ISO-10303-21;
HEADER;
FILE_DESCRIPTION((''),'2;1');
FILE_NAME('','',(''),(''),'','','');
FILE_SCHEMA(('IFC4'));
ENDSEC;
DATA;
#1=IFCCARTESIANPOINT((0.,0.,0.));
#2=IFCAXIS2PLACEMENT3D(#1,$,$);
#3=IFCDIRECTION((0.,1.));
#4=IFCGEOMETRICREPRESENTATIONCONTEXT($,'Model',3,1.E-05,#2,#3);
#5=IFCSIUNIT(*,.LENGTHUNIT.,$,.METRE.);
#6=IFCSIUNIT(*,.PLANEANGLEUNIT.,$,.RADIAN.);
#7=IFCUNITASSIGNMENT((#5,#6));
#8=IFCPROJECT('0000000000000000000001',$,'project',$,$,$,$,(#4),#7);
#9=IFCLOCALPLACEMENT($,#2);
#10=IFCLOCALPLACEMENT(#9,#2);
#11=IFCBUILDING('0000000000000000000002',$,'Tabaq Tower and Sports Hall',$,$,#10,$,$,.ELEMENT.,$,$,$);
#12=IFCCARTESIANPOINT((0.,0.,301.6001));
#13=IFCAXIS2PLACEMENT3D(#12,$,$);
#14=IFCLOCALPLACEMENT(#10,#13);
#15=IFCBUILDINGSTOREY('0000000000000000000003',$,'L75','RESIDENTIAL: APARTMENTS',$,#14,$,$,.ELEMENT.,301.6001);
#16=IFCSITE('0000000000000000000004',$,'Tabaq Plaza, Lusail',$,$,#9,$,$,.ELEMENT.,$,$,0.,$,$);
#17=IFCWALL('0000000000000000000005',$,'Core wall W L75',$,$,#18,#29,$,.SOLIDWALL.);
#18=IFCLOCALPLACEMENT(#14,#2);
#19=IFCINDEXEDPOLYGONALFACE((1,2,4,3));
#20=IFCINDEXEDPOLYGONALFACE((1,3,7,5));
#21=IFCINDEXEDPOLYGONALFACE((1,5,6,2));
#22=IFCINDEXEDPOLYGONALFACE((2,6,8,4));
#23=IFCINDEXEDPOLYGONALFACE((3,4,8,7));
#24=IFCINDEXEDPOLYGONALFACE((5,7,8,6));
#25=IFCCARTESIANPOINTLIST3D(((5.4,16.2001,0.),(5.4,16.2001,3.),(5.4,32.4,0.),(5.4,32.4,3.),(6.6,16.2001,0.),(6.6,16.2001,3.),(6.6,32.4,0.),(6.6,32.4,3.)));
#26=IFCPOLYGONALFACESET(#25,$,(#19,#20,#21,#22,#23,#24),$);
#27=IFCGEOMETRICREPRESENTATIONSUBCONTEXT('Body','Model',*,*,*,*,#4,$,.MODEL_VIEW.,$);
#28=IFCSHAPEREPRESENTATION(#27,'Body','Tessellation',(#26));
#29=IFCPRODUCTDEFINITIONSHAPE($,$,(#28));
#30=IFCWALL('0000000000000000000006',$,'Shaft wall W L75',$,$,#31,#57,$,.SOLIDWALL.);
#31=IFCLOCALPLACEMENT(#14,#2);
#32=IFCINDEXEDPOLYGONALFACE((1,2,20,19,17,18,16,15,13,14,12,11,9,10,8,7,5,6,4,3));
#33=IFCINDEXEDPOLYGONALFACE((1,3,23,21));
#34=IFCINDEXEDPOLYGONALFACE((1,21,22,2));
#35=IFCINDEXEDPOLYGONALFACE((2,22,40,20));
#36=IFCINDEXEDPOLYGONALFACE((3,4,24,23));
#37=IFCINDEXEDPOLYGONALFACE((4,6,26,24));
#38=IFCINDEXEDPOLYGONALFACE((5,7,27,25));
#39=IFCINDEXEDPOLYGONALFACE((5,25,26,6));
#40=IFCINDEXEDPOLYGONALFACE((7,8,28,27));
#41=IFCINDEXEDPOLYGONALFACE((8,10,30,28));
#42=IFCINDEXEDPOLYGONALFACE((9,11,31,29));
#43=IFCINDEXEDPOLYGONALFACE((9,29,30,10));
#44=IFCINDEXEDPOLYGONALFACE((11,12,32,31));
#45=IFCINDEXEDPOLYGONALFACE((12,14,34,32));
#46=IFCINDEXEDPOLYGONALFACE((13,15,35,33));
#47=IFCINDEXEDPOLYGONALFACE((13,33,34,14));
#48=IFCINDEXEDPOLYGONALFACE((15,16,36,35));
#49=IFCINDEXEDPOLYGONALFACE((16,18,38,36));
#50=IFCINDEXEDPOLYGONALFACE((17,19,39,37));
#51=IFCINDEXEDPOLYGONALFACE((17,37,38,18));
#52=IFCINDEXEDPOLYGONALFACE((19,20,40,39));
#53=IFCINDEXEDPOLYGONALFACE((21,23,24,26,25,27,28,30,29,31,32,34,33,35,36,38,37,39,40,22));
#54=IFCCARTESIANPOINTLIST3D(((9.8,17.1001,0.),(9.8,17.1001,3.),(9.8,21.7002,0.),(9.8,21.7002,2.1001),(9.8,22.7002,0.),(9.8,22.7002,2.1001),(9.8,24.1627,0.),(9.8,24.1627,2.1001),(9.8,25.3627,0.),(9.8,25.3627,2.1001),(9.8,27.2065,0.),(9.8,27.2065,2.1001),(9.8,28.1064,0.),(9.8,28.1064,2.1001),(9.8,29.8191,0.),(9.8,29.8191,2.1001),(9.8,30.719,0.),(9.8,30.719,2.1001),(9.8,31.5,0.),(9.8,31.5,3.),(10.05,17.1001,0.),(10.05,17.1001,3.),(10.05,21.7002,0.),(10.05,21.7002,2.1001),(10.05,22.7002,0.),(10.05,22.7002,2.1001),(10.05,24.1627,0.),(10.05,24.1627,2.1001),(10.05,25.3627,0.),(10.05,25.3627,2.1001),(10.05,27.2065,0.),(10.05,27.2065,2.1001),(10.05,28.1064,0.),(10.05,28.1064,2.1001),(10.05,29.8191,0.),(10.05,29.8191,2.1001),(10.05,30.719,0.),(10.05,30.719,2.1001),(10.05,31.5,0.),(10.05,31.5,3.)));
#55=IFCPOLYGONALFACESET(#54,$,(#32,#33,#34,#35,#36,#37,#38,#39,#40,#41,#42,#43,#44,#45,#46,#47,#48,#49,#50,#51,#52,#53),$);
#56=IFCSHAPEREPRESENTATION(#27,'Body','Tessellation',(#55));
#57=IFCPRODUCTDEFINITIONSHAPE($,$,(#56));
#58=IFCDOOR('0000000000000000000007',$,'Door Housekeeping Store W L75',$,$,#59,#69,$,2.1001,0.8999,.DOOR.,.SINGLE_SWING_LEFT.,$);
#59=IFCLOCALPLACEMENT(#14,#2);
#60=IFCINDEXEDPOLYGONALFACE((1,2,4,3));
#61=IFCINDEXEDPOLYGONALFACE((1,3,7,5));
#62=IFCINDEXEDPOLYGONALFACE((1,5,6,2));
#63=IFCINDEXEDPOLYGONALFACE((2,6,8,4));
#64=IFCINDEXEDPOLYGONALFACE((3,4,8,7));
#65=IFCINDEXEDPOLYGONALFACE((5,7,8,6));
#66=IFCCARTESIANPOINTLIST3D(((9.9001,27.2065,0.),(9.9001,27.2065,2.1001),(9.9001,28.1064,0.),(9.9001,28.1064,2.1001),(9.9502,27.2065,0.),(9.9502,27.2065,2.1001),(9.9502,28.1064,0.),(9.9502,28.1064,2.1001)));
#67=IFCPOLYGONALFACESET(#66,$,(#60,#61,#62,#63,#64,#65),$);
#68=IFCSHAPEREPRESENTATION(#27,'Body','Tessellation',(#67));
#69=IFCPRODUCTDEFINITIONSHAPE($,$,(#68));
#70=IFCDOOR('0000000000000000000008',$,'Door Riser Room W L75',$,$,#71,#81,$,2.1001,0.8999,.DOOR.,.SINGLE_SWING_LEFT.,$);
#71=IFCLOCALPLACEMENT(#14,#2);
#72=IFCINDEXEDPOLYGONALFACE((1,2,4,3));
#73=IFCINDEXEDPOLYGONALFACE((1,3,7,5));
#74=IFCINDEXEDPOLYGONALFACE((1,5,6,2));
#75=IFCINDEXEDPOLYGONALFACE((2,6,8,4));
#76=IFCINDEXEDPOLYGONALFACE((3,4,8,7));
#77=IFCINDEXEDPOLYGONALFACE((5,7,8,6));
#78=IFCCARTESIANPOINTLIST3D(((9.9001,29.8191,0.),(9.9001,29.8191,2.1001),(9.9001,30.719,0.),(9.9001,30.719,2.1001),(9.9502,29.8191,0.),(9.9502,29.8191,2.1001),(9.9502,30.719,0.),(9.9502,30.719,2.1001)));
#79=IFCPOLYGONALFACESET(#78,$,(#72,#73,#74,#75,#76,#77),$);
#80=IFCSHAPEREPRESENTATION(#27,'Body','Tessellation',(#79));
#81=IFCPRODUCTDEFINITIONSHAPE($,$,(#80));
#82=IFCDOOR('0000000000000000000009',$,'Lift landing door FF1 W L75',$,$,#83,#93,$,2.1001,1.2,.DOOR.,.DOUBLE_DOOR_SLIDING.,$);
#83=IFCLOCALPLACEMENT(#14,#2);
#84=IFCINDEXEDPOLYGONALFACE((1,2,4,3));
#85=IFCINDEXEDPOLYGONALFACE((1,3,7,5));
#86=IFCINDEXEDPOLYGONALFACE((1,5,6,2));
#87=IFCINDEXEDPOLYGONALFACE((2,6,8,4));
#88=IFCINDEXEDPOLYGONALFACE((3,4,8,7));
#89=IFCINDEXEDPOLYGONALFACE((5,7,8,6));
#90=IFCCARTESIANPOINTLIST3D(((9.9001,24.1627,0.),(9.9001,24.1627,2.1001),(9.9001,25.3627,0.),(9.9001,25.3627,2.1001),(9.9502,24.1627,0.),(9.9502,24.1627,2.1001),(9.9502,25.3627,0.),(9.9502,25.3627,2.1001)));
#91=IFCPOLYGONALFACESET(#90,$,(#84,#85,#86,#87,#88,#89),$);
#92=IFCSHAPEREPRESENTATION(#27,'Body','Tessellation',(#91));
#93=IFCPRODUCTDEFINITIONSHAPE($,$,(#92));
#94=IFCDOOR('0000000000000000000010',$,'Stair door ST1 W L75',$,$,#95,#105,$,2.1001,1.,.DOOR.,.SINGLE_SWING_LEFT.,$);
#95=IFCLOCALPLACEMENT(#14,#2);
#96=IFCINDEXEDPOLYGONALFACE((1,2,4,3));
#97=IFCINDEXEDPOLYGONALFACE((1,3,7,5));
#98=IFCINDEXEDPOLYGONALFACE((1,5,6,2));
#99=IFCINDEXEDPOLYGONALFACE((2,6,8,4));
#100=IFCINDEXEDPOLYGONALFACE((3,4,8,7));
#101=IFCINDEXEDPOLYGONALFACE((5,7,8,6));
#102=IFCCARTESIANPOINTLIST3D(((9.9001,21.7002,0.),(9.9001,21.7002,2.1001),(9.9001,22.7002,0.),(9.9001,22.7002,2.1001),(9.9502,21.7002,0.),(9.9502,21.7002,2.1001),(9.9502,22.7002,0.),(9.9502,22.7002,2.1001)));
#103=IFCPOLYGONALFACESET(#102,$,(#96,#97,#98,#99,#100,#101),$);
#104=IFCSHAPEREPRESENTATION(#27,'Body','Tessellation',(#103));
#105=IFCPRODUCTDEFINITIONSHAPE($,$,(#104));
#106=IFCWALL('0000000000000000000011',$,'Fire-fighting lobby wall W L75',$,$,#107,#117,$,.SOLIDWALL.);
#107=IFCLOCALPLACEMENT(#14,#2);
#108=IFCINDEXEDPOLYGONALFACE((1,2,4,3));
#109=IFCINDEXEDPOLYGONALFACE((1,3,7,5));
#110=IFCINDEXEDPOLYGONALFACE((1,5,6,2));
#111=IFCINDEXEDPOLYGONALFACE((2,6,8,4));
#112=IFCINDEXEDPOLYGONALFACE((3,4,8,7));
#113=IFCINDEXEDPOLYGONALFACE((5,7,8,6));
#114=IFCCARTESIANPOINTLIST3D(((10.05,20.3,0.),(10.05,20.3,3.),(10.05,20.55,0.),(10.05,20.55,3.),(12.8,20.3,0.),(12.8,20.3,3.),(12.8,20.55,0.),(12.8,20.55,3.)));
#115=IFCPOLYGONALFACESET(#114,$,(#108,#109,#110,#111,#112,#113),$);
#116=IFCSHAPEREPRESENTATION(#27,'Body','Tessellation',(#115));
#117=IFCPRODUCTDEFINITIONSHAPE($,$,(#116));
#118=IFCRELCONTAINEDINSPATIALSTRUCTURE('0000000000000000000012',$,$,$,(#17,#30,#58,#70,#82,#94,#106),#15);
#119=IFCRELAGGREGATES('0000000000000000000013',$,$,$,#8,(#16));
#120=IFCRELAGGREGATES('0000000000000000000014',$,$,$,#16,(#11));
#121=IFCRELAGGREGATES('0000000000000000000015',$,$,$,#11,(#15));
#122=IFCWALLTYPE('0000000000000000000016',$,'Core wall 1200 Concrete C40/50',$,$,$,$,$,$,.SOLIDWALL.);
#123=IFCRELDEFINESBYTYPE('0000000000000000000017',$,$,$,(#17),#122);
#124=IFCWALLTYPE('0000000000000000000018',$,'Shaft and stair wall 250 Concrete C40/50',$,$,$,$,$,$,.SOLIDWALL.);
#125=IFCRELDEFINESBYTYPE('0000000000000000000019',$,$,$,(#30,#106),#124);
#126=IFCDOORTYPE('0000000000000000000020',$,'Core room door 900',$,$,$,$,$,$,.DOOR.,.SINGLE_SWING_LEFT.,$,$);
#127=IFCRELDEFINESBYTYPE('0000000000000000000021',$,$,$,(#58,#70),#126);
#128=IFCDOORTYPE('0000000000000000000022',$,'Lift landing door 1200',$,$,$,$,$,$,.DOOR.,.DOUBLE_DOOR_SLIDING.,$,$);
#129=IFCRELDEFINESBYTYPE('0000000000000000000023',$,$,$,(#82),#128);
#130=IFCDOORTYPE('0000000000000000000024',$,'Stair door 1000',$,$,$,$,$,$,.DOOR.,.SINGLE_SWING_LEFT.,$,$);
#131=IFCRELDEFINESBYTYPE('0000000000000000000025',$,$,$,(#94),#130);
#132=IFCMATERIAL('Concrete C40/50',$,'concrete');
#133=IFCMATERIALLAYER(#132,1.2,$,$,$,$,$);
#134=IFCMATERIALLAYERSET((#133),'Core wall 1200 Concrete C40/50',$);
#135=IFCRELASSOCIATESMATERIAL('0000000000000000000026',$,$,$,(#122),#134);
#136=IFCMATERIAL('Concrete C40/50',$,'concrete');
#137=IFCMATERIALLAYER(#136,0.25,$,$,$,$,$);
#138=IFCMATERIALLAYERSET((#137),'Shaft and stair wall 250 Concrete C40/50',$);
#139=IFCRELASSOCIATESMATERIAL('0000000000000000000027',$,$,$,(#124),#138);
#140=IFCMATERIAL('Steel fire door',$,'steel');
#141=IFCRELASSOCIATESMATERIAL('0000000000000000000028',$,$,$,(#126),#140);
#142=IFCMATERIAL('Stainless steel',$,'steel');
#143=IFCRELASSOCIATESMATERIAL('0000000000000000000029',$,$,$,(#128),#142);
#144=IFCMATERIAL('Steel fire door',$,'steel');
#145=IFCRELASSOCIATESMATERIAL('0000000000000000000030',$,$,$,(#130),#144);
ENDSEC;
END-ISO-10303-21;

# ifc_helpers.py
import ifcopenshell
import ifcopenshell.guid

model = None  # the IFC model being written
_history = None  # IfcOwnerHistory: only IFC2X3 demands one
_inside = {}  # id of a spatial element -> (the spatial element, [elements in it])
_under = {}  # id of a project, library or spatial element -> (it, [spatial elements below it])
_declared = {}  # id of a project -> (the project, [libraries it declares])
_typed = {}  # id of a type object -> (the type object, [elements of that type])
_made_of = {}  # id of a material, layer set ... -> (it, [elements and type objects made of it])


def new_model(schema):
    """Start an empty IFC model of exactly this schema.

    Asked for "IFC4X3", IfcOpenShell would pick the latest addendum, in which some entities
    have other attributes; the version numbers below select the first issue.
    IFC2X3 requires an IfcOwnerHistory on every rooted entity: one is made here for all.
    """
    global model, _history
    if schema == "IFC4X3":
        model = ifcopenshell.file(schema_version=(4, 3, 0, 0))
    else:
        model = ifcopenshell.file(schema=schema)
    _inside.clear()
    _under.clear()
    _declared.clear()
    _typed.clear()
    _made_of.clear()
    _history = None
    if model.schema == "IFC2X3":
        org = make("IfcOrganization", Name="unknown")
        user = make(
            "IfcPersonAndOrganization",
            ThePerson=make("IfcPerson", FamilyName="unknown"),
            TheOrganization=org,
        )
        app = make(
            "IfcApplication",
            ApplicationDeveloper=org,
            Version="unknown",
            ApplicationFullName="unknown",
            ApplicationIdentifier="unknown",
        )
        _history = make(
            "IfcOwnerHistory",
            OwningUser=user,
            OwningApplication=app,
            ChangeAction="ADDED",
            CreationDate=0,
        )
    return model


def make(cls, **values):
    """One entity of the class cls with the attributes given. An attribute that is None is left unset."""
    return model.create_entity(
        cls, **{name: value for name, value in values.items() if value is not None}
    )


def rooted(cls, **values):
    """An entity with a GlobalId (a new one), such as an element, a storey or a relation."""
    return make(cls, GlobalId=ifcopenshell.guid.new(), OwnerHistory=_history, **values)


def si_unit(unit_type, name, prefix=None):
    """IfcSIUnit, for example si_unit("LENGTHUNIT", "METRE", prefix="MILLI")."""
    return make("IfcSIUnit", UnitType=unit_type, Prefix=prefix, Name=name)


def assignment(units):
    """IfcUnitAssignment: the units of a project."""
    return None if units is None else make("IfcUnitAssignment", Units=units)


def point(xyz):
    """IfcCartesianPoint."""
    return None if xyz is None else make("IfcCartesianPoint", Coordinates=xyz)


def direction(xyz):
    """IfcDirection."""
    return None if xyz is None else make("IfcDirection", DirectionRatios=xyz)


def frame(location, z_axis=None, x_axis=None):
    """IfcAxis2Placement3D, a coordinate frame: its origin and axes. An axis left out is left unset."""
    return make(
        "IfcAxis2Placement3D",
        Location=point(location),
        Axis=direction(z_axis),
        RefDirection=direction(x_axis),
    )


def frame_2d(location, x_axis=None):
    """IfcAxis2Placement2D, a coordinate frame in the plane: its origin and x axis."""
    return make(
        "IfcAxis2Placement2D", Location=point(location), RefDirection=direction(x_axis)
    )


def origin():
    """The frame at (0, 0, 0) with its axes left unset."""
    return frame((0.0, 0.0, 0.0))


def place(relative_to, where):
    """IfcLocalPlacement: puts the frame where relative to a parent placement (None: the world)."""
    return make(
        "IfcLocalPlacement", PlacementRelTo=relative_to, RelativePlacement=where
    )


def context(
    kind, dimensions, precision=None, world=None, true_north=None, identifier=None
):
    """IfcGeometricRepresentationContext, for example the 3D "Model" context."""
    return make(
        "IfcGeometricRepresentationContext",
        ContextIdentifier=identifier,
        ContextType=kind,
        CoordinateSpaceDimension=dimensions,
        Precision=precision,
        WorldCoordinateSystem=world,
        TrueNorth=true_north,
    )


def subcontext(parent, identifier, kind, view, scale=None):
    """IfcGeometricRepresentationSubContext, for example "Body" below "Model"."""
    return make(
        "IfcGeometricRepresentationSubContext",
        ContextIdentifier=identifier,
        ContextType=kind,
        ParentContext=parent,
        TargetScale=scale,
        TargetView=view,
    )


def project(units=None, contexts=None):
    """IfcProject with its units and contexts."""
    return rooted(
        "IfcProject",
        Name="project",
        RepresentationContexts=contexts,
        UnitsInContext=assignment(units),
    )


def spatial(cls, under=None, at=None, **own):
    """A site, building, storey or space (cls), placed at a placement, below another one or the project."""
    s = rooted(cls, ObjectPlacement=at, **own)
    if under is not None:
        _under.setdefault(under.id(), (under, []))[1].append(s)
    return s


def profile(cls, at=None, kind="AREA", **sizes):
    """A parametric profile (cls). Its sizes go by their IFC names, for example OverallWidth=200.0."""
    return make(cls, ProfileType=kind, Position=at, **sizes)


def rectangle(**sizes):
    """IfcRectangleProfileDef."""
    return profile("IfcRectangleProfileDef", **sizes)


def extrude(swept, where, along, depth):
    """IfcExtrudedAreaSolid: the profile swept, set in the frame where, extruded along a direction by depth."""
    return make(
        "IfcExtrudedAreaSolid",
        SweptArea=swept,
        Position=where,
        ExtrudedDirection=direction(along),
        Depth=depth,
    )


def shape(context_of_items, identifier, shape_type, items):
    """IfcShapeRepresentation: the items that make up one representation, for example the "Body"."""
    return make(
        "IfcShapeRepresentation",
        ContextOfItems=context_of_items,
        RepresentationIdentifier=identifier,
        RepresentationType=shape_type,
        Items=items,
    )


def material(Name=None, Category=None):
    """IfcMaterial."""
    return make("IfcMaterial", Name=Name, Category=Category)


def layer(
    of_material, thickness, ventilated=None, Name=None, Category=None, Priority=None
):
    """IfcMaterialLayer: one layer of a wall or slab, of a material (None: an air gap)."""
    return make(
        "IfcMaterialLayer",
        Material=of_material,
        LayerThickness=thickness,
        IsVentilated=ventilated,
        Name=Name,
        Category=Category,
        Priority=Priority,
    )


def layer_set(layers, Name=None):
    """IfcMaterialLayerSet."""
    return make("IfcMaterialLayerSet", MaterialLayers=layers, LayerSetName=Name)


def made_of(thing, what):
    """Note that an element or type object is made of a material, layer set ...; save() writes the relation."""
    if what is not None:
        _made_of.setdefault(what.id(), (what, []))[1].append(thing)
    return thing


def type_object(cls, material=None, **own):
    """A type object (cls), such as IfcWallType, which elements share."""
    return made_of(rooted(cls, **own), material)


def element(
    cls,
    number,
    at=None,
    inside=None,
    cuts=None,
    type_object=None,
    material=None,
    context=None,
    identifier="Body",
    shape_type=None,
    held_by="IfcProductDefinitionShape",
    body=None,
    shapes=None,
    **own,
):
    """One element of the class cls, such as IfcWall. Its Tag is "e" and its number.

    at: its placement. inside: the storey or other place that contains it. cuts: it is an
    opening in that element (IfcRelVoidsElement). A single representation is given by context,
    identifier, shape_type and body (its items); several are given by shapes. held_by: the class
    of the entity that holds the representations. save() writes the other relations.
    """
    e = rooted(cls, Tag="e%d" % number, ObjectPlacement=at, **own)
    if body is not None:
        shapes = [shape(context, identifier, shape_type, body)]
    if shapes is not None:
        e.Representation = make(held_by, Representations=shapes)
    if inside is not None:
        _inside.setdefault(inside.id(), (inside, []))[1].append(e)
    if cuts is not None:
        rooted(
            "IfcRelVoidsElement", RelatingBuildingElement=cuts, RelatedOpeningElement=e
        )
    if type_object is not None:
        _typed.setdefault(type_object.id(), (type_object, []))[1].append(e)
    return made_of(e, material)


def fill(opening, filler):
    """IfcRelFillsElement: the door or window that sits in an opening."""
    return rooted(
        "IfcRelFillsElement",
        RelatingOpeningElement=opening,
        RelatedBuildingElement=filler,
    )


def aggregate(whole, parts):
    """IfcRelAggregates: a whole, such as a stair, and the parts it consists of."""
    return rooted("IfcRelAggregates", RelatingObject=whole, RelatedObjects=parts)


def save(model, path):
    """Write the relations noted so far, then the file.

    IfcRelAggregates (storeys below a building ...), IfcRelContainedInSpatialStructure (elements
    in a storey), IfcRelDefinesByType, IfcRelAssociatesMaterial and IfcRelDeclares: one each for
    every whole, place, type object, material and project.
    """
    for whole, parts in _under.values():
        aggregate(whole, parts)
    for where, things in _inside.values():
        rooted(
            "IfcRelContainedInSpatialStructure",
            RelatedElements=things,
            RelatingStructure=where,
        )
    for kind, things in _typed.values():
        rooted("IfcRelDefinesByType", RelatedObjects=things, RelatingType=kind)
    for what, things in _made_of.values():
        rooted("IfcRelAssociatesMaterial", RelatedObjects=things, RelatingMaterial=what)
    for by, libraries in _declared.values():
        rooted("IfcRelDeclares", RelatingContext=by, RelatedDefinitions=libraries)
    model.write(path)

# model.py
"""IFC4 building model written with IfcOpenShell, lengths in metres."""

from ifc_helpers import new_model, si_unit, direction, frame, frame_2d, origin, place, context, subcontext, project, spatial, rectangle, extrude, material, layer, layer_set, type_object, element, fill, save


model = new_model("IFC4")

# Units and contexts
model_context = context("Model", 3, precision=1e-05, world=origin(), true_north=direction((0.0, 1.0)))
body_context = subcontext(model_context, "Body", "Model", "MODEL_VIEW")
ifc_project = project(units=[si_unit("LENGTHUNIT", "METRE"), si_unit("PLANEANGLEUNIT", "RADIAN")], contexts=[model_context])

# Site, building, storey
site_placement = place(None, origin())
site = spatial("IfcSite", under=ifc_project, at=site_placement, Name="Tabaq Plaza, Lusail", CompositionType="ELEMENT", RefElevation=0.0)
building_placement = place(site_placement, origin())
building = spatial("IfcBuilding", under=site, at=building_placement, Name="Tabaq Tower and Sports Hall", CompositionType="ELEMENT")
storey_placement = place(building_placement, frame((0.0, 0.0, 301.6001)))
storey = spatial("IfcBuildingStorey", under=building, at=storey_placement, Name="L75", Description="RESIDENTIAL: APARTMENTS", CompositionType="ELEMENT", Elevation=301.6001)

# Wall
ifc_material_1 = material(Name="Concrete C40/50", Category="concrete")
ifc_layer_1 = layer(ifc_material_1, 1.2)
ifc_layer_set_1 = layer_set([ifc_layer_1], Name="Core wall 1200 Concrete C40/50")
wall_type_1 = type_object("IfcWallType", Name="Core wall 1200 Concrete C40/50", PredefinedType="SOLIDWALL", material=ifc_layer_set_1)
wall_1_placement = place(storey_placement, frame((6.0, 16.2, 0.0), z_axis=(0.0, 0.0, 1.0), x_axis=(0.0, 1.0, 0.0)))
element("IfcWall", 1, at=wall_1_placement, inside=storey, type_object=wall_type_1, Name="Core wall W L75", PredefinedType="SOLIDWALL", context=body_context, shape_type="SweptSolid", body=[
    extrude(rectangle(XDim=16.2, YDim=1.2, at=frame_2d((8.1001, 0.0))), origin(), (0.0, 0.0, 1.0), 3.0),
])

# Wall, openings, doors
ifc_material_2 = material(Name="Concrete C40/50", Category="concrete")
ifc_layer_2 = layer(ifc_material_2, 0.25)
ifc_layer_set_2 = layer_set([ifc_layer_2], Name="Shaft and stair wall 250 Concrete C40/50")
wall_type_2 = type_object("IfcWallType", Name="Shaft and stair wall 250 Concrete C40/50", PredefinedType="SOLIDWALL", material=ifc_layer_set_2)
wall_2_placement = place(storey_placement, frame((9.925, 17.1001, 0.0), z_axis=(0.0, 0.0, 1.0), x_axis=(0.0, 1.0, 0.0)))
wall_2 = element("IfcWall", 2, at=wall_2_placement, inside=storey, type_object=wall_type_2, Name="Shaft wall W L75", PredefinedType="SOLIDWALL", context=body_context, shape_type="SweptSolid", body=[
    extrude(rectangle(XDim=14.3999, YDim=0.25, at=frame_2d((7.2, 0.0))), origin(), (0.0, 0.0, 1.0), 3.0),
])
opening_1_placement = place(wall_2_placement, frame((4.6001, 0.0, 0.0)))
opening_1 = element("IfcOpeningElement", 3, at=opening_1_placement, cuts=wall_2, PredefinedType="OPENING", context=body_context, shape_type="SweptSolid", body=[
    extrude(rectangle(XDim=1.0, YDim=2.1001, at=frame_2d((0.5, 1.05))), frame((0.0, 0.125, 0.0), z_axis=(0.0, -1.0, 0.0), x_axis=(1.0, 0.0, 0.0)), (0.0, 0.0, 1.0), 0.25),
])
opening_2_placement = place(wall_2_placement, frame((7.0625, 0.0, 0.0)))
opening_2 = element("IfcOpeningElement", 4, at=opening_2_placement, cuts=wall_2, PredefinedType="OPENING", context=body_context, shape_type="SweptSolid", body=[
    extrude(rectangle(XDim=1.2, YDim=2.1001, at=frame_2d((0.6001, 1.05))), frame((0.0, 0.125, 0.0), z_axis=(0.0, -1.0, 0.0), x_axis=(1.0, 0.0, 0.0)), (0.0, 0.0, 1.0), 0.25),
])
opening_3_placement = place(wall_2_placement, frame((10.1064, 0.0, 0.0)))
opening_3 = element("IfcOpeningElement", 5, at=opening_3_placement, cuts=wall_2, PredefinedType="OPENING", context=body_context, shape_type="SweptSolid", body=[
    extrude(rectangle(XDim=0.8999, YDim=2.1001, at=frame_2d((0.45, 1.05))), frame((0.0, 0.125, 0.0), z_axis=(0.0, -1.0, 0.0), x_axis=(1.0, 0.0, 0.0)), (0.0, 0.0, 1.0), 0.25),
])
opening_4_placement = place(wall_2_placement, frame((12.719, 0.0, 0.0)))
opening_4 = element("IfcOpeningElement", 6, at=opening_4_placement, cuts=wall_2, PredefinedType="OPENING", context=body_context, shape_type="SweptSolid", body=[
    extrude(rectangle(XDim=0.8999, YDim=2.1001, at=frame_2d((0.45, 1.05))), frame((0.0, 0.125, 0.0), z_axis=(0.0, -1.0, 0.0), x_axis=(1.0, 0.0, 0.0)), (0.0, 0.0, 1.0), 0.25),
])
ifc_material_3 = material(Name="Steel fire door", Category="steel")
door_type_1 = type_object("IfcDoorType", Name="Core room door 900", OperationType="SINGLE_SWING_LEFT", PredefinedType="DOOR", material=ifc_material_3)
door_1_placement = place(opening_3_placement, origin())
door_1 = element("IfcDoor", 7, at=door_1_placement, inside=storey, type_object=door_type_1, Name="Door Housekeeping Store W L75", OperationType="SINGLE_SWING_LEFT", OverallHeight=2.1001, OverallWidth=0.8999, PredefinedType="DOOR", context=body_context, shape_type="SweptSolid", body=[
    extrude(rectangle(XDim=0.8999, YDim=2.1001, at=frame_2d((0.45, 1.05))), frame((0.0, 0.0249, 0.0), z_axis=(0.0, -1.0, 0.0), x_axis=(1.0, 0.0, 0.0)), (0.0, 0.0, 1.0), 0.05),
])
fill(opening_3, door_1)
door_2_placement = place(opening_4_placement, origin())
door_2 = element("IfcDoor", 8, at=door_2_placement, inside=storey, type_object=door_type_1, Name="Door Riser Room W L75", OperationType="SINGLE_SWING_LEFT", OverallHeight=2.1001, OverallWidth=0.8999, PredefinedType="DOOR", context=body_context, shape_type="SweptSolid", body=[
    extrude(rectangle(XDim=0.8999, YDim=2.1001, at=frame_2d((0.45, 1.05))), frame((0.0, 0.0249, 0.0), z_axis=(0.0, -1.0, 0.0), x_axis=(1.0, 0.0, 0.0)), (0.0, 0.0, 1.0), 0.05),
])
fill(opening_4, door_2)
ifc_material_4 = material(Name="Stainless steel", Category="steel")
door_type_2 = type_object("IfcDoorType", Name="Lift landing door 1200", OperationType="DOUBLE_DOOR_SLIDING", PredefinedType="DOOR", material=ifc_material_4)
door_3_placement = place(opening_2_placement, origin())
door_3 = element("IfcDoor", 9, at=door_3_placement, inside=storey, type_object=door_type_2, Name="Lift landing door FF1 W L75", OperationType="DOUBLE_DOOR_SLIDING", OverallHeight=2.1001, OverallWidth=1.2, PredefinedType="DOOR", context=body_context, shape_type="SweptSolid", body=[
    extrude(rectangle(XDim=1.2, YDim=2.1001, at=frame_2d((0.6001, 1.05))), frame((0.0, 0.0249, 0.0), z_axis=(0.0, -1.0, 0.0), x_axis=(1.0, 0.0, 0.0)), (0.0, 0.0, 1.0), 0.05),
])
fill(opening_2, door_3)
ifc_material_5 = material(Name="Steel fire door", Category="steel")
door_type_3 = type_object("IfcDoorType", Name="Stair door 1000", OperationType="SINGLE_SWING_LEFT", PredefinedType="DOOR", material=ifc_material_5)
door_4_placement = place(opening_1_placement, origin())
door_4 = element("IfcDoor", 10, at=door_4_placement, inside=storey, type_object=door_type_3, Name="Stair door ST1 W L75", OperationType="SINGLE_SWING_LEFT", OverallHeight=2.1001, OverallWidth=1.0, PredefinedType="DOOR", context=body_context, shape_type="SweptSolid", body=[
    extrude(rectangle(XDim=1.0, YDim=2.1001, at=frame_2d((0.5, 1.05))), frame((0.0, 0.0249, 0.0), z_axis=(0.0, -1.0, 0.0), x_axis=(1.0, 0.0, 0.0)), (0.0, 0.0, 1.0), 0.05),
])
fill(opening_1, door_4)

# Wall
wall_3_placement = place(storey_placement, frame((10.05, 20.425, 0.0), z_axis=(0.0, 0.0, 1.0), x_axis=(1.0, 0.0, 0.0)))
element("IfcWall", 11, at=wall_3_placement, inside=storey, type_object=wall_type_2, Name="Fire-fighting lobby wall W L75", PredefinedType="SOLIDWALL", context=body_context, shape_type="SweptSolid", body=[
    extrude(rectangle(XDim=2.75, YDim=0.25, at=frame_2d((1.375, 0.0))), origin(), (0.0, 0.0, 1.0), 3.0),
])

save(model, "model.ifc")
